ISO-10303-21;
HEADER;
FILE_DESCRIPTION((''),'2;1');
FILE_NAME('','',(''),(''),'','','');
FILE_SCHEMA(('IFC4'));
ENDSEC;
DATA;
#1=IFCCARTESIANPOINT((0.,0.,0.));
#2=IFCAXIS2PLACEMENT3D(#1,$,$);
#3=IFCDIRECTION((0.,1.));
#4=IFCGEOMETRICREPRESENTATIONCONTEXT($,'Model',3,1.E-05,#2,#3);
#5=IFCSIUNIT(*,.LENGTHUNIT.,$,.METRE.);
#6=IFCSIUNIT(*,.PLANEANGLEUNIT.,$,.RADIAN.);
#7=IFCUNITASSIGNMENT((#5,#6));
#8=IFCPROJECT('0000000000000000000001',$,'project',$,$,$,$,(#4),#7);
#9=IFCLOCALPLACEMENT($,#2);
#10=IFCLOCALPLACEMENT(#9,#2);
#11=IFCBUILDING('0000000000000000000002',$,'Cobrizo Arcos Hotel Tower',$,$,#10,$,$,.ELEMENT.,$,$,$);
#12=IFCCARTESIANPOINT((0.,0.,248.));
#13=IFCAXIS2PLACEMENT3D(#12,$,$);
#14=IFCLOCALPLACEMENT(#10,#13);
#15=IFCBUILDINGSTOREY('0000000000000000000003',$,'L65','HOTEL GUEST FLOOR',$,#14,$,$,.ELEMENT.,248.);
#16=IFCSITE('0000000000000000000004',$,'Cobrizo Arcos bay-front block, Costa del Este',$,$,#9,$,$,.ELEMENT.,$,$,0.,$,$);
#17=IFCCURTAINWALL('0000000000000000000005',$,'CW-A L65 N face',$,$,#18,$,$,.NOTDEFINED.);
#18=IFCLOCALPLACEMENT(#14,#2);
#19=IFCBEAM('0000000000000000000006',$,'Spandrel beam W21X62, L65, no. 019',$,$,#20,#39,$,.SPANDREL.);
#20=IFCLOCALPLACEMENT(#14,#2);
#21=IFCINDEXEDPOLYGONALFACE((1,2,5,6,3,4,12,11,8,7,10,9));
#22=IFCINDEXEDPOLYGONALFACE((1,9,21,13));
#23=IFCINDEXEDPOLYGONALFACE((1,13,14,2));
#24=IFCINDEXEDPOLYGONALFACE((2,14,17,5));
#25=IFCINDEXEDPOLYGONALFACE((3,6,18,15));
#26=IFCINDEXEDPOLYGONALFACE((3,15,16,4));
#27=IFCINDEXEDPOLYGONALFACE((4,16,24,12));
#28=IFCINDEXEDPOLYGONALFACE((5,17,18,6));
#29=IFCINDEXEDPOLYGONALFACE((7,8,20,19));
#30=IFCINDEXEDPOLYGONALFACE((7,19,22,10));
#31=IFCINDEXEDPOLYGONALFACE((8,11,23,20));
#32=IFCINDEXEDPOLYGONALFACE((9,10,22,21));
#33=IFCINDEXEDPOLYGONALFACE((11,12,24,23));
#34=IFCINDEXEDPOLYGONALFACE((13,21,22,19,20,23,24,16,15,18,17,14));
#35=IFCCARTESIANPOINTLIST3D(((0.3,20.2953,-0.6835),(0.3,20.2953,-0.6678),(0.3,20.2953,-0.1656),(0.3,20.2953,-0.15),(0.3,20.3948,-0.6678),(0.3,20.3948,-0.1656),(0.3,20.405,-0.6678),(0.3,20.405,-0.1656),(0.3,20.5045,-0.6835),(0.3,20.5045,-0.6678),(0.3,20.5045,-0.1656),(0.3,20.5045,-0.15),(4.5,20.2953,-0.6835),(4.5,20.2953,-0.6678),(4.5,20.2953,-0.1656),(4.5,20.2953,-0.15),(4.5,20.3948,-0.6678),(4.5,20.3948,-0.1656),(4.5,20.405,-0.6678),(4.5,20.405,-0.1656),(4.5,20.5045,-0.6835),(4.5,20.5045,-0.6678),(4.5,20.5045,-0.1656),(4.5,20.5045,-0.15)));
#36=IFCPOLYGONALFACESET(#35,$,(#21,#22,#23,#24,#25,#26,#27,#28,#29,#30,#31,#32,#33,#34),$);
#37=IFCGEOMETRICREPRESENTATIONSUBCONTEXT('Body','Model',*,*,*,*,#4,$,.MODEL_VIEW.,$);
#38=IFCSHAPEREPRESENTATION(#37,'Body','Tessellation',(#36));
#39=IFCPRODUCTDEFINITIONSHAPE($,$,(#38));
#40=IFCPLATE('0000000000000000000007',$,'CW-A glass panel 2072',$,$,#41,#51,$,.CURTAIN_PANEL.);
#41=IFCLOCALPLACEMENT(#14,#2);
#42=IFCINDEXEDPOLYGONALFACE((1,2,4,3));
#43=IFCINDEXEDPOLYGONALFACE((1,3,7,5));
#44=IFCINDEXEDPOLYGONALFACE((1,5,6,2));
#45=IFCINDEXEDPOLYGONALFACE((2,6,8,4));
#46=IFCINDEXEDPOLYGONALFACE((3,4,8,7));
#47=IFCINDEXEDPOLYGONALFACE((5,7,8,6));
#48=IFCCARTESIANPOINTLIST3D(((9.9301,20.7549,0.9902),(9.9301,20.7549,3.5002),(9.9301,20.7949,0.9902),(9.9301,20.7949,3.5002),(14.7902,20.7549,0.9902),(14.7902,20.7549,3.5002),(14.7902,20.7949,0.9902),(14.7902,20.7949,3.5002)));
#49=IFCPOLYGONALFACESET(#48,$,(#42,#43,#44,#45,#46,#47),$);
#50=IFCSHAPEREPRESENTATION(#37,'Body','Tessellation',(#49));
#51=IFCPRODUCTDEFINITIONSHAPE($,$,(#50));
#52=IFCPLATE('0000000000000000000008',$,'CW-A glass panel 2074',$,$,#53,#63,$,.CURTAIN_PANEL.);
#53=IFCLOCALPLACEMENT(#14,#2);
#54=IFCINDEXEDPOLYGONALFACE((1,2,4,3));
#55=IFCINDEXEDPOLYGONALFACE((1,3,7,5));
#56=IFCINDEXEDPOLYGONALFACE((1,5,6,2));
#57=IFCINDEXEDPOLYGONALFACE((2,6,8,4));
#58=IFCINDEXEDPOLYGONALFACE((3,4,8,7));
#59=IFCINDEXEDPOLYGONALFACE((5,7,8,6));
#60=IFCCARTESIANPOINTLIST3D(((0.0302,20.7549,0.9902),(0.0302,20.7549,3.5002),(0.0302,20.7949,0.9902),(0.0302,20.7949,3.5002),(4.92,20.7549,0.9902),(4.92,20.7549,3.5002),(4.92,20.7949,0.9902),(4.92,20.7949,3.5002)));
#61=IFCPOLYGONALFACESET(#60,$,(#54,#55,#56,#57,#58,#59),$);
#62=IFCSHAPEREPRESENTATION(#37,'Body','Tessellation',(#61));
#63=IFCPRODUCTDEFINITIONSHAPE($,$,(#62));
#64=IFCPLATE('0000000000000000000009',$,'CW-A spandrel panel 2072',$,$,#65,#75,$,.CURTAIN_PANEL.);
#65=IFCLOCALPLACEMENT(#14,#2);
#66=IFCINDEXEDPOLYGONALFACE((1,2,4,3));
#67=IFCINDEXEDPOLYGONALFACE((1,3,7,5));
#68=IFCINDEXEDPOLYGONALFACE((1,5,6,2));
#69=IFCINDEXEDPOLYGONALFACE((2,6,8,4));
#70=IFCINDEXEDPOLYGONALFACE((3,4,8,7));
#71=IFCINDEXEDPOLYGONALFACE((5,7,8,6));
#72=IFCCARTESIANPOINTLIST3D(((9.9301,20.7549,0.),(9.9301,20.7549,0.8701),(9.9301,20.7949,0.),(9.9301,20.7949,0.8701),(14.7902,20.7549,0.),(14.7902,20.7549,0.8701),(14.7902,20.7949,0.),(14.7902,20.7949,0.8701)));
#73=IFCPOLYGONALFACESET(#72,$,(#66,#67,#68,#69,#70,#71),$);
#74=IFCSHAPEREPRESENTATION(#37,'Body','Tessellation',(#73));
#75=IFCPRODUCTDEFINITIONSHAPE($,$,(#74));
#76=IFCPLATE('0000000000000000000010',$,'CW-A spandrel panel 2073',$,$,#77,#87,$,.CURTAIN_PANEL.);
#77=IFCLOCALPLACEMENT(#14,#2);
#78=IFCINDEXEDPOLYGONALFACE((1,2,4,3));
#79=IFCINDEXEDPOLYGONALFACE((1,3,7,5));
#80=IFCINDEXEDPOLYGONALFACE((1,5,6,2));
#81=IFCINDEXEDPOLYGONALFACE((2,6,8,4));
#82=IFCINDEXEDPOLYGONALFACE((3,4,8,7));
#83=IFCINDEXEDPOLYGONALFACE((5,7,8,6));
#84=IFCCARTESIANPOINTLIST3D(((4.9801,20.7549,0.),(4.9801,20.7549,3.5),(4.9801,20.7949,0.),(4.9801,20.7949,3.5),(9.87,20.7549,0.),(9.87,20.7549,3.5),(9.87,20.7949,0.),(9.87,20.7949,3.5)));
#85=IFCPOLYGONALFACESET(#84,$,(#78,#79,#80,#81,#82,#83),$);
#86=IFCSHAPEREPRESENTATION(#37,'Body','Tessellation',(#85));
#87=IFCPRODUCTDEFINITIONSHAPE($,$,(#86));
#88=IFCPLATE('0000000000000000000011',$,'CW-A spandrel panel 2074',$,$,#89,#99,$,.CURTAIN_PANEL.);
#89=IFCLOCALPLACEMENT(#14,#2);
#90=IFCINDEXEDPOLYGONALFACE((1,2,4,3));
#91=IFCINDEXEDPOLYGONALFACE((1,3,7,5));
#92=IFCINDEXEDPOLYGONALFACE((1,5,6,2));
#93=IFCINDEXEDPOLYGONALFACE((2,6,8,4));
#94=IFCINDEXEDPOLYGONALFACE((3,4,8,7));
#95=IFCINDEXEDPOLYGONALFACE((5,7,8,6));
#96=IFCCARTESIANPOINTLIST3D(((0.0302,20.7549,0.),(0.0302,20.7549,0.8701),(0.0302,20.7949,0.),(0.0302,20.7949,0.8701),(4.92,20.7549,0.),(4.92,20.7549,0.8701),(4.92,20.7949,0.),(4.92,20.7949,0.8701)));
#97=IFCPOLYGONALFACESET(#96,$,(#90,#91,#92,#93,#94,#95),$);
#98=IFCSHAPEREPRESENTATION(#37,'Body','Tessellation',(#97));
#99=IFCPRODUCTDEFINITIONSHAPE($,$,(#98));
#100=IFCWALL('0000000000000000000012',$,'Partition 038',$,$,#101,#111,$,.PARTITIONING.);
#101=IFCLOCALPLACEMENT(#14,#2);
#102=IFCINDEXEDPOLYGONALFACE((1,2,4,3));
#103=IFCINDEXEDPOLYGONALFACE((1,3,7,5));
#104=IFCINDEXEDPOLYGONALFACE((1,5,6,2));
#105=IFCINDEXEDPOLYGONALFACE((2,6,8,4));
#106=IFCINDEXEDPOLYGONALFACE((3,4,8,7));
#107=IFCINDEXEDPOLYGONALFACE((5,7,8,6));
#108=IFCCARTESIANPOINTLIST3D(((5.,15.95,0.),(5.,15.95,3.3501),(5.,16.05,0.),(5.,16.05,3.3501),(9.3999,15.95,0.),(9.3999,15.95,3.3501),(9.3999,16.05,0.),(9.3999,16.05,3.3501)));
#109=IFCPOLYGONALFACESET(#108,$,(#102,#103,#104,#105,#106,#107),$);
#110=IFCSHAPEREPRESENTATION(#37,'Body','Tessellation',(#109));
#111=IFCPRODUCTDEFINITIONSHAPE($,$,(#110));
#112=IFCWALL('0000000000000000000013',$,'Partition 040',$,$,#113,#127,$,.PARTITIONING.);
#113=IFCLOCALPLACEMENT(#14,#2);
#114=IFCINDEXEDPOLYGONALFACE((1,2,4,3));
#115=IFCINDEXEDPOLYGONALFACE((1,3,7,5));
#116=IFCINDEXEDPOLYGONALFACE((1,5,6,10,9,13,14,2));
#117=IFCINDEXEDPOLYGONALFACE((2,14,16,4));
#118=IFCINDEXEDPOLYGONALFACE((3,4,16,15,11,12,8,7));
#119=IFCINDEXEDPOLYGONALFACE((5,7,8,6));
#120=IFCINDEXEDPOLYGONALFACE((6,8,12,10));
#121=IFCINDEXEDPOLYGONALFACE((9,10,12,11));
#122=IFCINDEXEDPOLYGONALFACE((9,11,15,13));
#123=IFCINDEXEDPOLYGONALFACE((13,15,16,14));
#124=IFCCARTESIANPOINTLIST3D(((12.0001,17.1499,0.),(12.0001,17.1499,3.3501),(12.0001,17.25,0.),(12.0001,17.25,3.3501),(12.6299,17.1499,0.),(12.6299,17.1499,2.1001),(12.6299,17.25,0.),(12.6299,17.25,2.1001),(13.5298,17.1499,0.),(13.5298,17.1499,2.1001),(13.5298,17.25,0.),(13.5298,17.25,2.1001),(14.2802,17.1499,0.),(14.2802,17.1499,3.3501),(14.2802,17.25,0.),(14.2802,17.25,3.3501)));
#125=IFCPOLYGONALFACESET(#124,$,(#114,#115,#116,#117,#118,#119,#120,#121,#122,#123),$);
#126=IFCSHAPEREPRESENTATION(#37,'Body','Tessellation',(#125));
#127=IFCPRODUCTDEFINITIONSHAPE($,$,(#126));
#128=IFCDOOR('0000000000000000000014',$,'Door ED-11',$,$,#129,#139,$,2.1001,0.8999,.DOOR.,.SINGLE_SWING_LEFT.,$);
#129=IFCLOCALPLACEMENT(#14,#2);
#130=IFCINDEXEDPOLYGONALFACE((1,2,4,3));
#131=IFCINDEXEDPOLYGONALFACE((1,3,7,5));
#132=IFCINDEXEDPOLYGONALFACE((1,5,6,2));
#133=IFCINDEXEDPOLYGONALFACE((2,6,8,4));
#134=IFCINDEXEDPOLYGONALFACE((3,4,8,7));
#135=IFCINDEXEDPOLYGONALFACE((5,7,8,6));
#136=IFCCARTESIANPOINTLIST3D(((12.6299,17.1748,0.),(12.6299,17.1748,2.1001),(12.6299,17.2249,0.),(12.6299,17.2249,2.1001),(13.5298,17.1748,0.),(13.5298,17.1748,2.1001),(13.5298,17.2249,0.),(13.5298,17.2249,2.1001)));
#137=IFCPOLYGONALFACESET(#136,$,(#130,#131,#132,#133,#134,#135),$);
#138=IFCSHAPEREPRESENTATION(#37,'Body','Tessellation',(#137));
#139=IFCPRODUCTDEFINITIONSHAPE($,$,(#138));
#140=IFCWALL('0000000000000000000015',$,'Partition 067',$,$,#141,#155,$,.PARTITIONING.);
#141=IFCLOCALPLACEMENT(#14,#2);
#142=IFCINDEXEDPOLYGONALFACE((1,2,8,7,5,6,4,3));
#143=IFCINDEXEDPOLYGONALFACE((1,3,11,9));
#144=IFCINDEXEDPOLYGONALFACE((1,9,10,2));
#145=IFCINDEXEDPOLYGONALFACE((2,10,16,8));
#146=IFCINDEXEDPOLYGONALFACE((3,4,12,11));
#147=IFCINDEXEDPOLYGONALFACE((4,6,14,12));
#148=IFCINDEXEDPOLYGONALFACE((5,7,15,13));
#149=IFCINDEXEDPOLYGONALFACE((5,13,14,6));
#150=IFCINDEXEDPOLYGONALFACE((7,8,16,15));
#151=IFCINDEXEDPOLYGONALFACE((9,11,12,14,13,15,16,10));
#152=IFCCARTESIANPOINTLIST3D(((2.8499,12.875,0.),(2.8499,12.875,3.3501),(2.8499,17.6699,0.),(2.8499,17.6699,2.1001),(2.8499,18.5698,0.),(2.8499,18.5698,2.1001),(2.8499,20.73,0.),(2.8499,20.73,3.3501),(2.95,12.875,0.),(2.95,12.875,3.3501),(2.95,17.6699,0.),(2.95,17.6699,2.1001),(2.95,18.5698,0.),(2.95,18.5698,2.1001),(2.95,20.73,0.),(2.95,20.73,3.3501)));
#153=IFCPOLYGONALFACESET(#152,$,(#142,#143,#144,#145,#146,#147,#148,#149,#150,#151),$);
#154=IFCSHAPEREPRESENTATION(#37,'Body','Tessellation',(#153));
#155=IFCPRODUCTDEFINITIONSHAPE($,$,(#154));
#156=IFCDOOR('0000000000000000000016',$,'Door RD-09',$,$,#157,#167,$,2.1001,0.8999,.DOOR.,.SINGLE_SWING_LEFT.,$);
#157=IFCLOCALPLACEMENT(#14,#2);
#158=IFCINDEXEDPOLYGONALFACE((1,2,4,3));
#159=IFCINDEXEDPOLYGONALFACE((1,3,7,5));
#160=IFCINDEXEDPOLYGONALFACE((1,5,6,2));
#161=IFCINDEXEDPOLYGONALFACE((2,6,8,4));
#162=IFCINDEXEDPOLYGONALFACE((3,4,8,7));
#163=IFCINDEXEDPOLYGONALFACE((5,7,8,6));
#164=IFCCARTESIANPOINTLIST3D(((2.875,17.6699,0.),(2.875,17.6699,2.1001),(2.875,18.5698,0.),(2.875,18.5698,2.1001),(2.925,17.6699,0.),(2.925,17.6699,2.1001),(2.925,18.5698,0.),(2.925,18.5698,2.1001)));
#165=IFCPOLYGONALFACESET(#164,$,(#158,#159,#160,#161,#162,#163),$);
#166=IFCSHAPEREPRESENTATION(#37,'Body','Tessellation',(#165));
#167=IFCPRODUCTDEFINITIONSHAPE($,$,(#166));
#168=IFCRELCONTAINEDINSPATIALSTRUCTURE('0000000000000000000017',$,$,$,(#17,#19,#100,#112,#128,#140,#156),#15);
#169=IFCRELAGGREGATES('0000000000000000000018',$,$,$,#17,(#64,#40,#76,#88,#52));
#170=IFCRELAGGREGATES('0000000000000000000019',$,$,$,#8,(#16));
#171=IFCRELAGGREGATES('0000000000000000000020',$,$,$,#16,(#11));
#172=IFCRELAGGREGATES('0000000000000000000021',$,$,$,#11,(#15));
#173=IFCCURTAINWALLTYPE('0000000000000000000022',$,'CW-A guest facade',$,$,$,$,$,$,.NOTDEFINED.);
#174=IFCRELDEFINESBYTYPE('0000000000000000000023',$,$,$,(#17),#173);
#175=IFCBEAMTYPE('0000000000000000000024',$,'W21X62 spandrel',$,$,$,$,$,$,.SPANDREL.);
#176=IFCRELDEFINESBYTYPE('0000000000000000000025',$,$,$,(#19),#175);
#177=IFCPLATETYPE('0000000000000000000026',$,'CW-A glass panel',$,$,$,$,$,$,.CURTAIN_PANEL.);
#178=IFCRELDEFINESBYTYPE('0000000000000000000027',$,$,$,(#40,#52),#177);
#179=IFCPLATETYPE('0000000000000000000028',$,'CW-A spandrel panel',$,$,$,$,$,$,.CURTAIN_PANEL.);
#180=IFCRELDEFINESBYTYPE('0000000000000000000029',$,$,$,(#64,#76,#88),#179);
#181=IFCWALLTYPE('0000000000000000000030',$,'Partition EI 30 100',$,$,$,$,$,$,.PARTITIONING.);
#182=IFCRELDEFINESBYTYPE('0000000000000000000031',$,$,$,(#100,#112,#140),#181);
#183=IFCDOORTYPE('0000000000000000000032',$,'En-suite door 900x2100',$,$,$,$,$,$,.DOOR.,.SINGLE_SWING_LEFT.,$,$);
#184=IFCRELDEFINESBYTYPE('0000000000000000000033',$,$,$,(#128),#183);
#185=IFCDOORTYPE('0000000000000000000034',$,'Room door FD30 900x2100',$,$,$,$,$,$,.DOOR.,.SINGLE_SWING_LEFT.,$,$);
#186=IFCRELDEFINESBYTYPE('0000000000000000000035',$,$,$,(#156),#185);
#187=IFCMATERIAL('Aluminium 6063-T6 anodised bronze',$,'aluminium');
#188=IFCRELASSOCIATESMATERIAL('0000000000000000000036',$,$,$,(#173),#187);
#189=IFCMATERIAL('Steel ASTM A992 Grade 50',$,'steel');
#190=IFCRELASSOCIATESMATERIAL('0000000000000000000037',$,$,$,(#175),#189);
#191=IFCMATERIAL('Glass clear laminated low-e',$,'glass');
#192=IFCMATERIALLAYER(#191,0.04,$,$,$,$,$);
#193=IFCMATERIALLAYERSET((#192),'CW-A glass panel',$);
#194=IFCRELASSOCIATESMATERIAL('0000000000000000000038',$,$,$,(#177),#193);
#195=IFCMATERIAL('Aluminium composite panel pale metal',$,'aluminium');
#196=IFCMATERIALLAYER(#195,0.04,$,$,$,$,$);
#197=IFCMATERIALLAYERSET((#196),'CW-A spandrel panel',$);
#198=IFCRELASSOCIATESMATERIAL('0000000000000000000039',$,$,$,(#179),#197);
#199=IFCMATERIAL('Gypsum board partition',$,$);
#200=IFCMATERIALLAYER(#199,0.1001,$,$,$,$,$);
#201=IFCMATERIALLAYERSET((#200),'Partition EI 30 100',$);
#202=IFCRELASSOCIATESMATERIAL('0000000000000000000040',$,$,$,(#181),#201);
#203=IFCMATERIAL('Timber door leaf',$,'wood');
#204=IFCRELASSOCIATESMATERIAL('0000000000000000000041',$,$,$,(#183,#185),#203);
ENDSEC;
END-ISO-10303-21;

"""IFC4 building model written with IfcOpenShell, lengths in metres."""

from ifc_helpers import new_model, si_unit, direction, frame, frame_2d, origin, origin_2d, place, context, subcontext, project, spatial, rectangle, i_section, extrude, material, layer, layer_set, material_profile, profile_set, type_object, element, fill, aggregate, save


model = new_model("IFC4")

# Units and contexts
model_context = context("Model", 3, precision=1e-05, world=origin(), true_north=direction((0.0, 1.0)))
body_context = subcontext(model_context, "Body", "Model", "MODEL_VIEW")
ifc_project = project(units=[si_unit("LENGTHUNIT", "METRE"), si_unit("PLANEANGLEUNIT", "RADIAN")], contexts=[model_context])

# Site, building, storey
site_placement = place(None, origin())
site = spatial("IfcSite", under=ifc_project, at=site_placement, Name="Cobrizo Arcos bay-front block, Costa del Este", CompositionType="ELEMENT", RefElevation=0.0)
building_placement = place(site_placement, origin())
building = spatial("IfcBuilding", under=site, at=building_placement, Name="Cobrizo Arcos Hotel Tower", CompositionType="ELEMENT")
storey_placement = place(building_placement, frame((0.0, 0.0, 248.0)))
storey = spatial("IfcBuildingStorey", under=building, at=storey_placement, Name="L65", Description="HOTEL GUEST FLOOR", CompositionType="ELEMENT", Elevation=248.0)

# Curtain wall
ifc_material_1 = material(Name="Aluminium 6063-T6 anodised bronze", Category="aluminium")
curtain_wall_type = type_object("IfcCurtainWallType", Name="CW-A guest facade", PredefinedType="NOTDEFINED", material=ifc_material_1)
curtain_wall_placement = place(storey_placement, origin())
curtain_wall = element("IfcCurtainWall", 1, at=curtain_wall_placement, inside=storey, type_object=curtain_wall_type, Name="CW-A L65 N face", PredefinedType="NOTDEFINED")

# Beam
ifc_material_2 = material(Name="Steel ASTM A992 Grade 50", Category="steel")
ifc_material_profile_1 = material_profile(ifc_material_2, i_section(OverallWidth=0.2092, OverallDepth=0.5334, WebThickness=0.0103, FlangeThickness=0.0156, at=origin_2d()), Name="W21X62")
ifc_profile_set_1 = profile_set([ifc_material_profile_1], Name="Steel ASTM A992 Grade 50")
beam_type = type_object("IfcBeamType", Name="W21X62 spandrel", PredefinedType="SPANDREL", material=ifc_profile_set_1)
for number, where, z_axis, x_axis, name in (
    (2, (4.5, 20.3999, -0.4167), (-1.0, 0.0, 0.0), (0.0, -1.0, 0.0), "Spandrel beam W21X62, L65, no. 019"),
):
    element("IfcBeam", number, at=place(storey_placement, frame(where, z_axis=z_axis, x_axis=x_axis)), inside=storey, type_object=beam_type, Name=name, PredefinedType="SPANDREL", context=body_context, shape_type="SweptSolid", body=[
        extrude(i_section(OverallWidth=0.2092, OverallDepth=0.5334, WebThickness=0.0103, FlangeThickness=0.0156, at=origin_2d()), origin(), (0.0, 0.0, 1.0), 4.2),
    ])

# Plates
ifc_material_3 = material(Name="Glass clear laminated low-e", Category="glass")
ifc_layer_1 = layer(ifc_material_3, 0.04)
ifc_layer_set_1 = layer_set([ifc_layer_1], Name="CW-A glass panel")
plate_type_1 = type_object("IfcPlateType", Name="CW-A glass panel", PredefinedType="CURTAIN_PANEL", material=ifc_layer_set_1)
plate_1_placement = place(storey_placement, frame((12.3601, 20.7749, 0.9902), z_axis=(0.0, 0.0, 1.0), x_axis=(-1.0, 0.0, 0.0)))
plate_1 = element("IfcPlate", 3, at=plate_1_placement, type_object=plate_type_1, Name="CW-A glass panel 2072", PredefinedType="CURTAIN_PANEL", context=body_context, shape_type="SweptSolid", body=[
    extrude(rectangle(XDim=4.8601, YDim=0.04, at=origin_2d()), origin(), (0.0, 0.0, 1.0), 2.51),
])
plate_2_placement = place(storey_placement, frame((2.4751, 20.7749, 0.9902), z_axis=(0.0, 0.0, 1.0), x_axis=(-1.0, 0.0, 0.0)))
plate_2 = element("IfcPlate", 4, at=plate_2_placement, type_object=plate_type_1, Name="CW-A glass panel 2074", PredefinedType="CURTAIN_PANEL", context=body_context, shape_type="SweptSolid", body=[
    extrude(rectangle(XDim=4.8899, YDim=0.04, at=origin_2d()), origin(), (0.0, 0.0, 1.0), 2.51),
])
ifc_material_4 = material(Name="Aluminium composite panel pale metal", Category="aluminium")
ifc_layer_2 = layer(ifc_material_4, 0.04)
ifc_layer_set_2 = layer_set([ifc_layer_2], Name="CW-A spandrel panel")
plate_type_2 = type_object("IfcPlateType", Name="CW-A spandrel panel", PredefinedType="CURTAIN_PANEL", material=ifc_layer_set_2)
plate_3_placement = place(storey_placement, frame((12.3601, 20.7749, 0.0), z_axis=(0.0, 0.0, 1.0), x_axis=(-1.0, 0.0, 0.0)))
plate_3 = element("IfcPlate", 5, at=plate_3_placement, type_object=plate_type_2, Name="CW-A spandrel panel 2072", PredefinedType="CURTAIN_PANEL", context=body_context, shape_type="SweptSolid", body=[
    extrude(rectangle(XDim=4.8601, YDim=0.04, at=origin_2d()), origin(), (0.0, 0.0, 1.0), 0.8701),
])
plate_4_placement = place(storey_placement, frame((7.425, 20.7749, 0.0), z_axis=(0.0, 0.0, 1.0), x_axis=(-1.0, 0.0, 0.0)))
plate_4 = element("IfcPlate", 6, at=plate_4_placement, type_object=plate_type_2, Name="CW-A spandrel panel 2073", PredefinedType="CURTAIN_PANEL", context=body_context, shape_type="SweptSolid", body=[
    extrude(rectangle(XDim=4.8899, YDim=0.04, at=origin_2d()), origin(), (0.0, 0.0, 1.0), 3.5),
])
plate_5_placement = place(storey_placement, frame((2.4751, 20.7749, 0.0), z_axis=(0.0, 0.0, 1.0), x_axis=(-1.0, 0.0, 0.0)))
plate_5 = element("IfcPlate", 7, at=plate_5_placement, type_object=plate_type_2, Name="CW-A spandrel panel 2074", PredefinedType="CURTAIN_PANEL", context=body_context, shape_type="SweptSolid", body=[
    extrude(rectangle(XDim=4.8899, YDim=0.04, at=origin_2d()), origin(), (0.0, 0.0, 1.0), 0.8701),
])
aggregate(curtain_wall, [plate_3, plate_1, plate_4, plate_5, plate_2])

# Wall
ifc_material_5 = material(Name="Gypsum board partition")
ifc_layer_3 = layer(ifc_material_5, 0.1001)
ifc_layer_set_3 = layer_set([ifc_layer_3], Name="Partition EI 30 100")
wall_type = type_object("IfcWallType", Name="Partition EI 30 100", PredefinedType="PARTITIONING", material=ifc_layer_set_3)
wall_1_placement = place(storey_placement, frame((5.0, 16.0, 0.0), z_axis=(0.0, 0.0, 1.0), x_axis=(1.0, 0.0, 0.0)))
element("IfcWall", 8, at=wall_1_placement, inside=storey, type_object=wall_type, Name="Partition 038", PredefinedType="PARTITIONING", context=body_context, shape_type="SweptSolid", body=[
    extrude(rectangle(XDim=4.3999, YDim=0.1001, at=frame_2d((2.2, 0.0))), origin(), (0.0, 0.0, 1.0), 3.3501),
])

# Walls, openings, doors
wall_2_placement = place(storey_placement, frame((12.0, 17.2, 0.0), z_axis=(0.0, 0.0, 1.0), x_axis=(1.0, 0.0, 0.0)))
wall_2 = element("IfcWall", 9, at=wall_2_placement, inside=storey, type_object=wall_type, Name="Partition 040", PredefinedType="PARTITIONING", context=body_context, shape_type="SweptSolid", body=[
    extrude(rectangle(XDim=2.28, YDim=0.1001, at=frame_2d((1.1401, 0.0))), origin(), (0.0, 0.0, 1.0), 3.3501),
])
opening_1_placement = place(wall_2_placement, frame((0.6299, 0.0, 0.0)))
opening_1 = element("IfcOpeningElement", 10, at=opening_1_placement, cuts=wall_2, PredefinedType="OPENING", context=body_context, shape_type="SweptSolid", body=[
    extrude(rectangle(XDim=0.8999, YDim=2.1001, at=frame_2d((0.45, 1.05))), frame((0.0, 0.062, 0.0), z_axis=(0.0, -1.0, 0.0), x_axis=(1.0, 0.0, 0.0)), (0.0, 0.0, 1.0), 0.124),
])
ifc_material_6 = material(Name="Timber door leaf", Category="wood")
door_type_1 = type_object("IfcDoorType", Name="En-suite door 900x2100", OperationType="SINGLE_SWING_LEFT", PredefinedType="DOOR", material=ifc_material_6)
door_1_placement = place(opening_1_placement, origin())
door_1 = element("IfcDoor", 11, at=door_1_placement, inside=storey, type_object=door_type_1, Name="Door ED-11", OperationType="SINGLE_SWING_LEFT", OverallHeight=2.1001, OverallWidth=0.8999, PredefinedType="DOOR", context=body_context, shape_type="SweptSolid", body=[
    extrude(rectangle(XDim=0.8999, YDim=2.1001, at=frame_2d((0.45, 1.05))), frame((0.0, 0.0249, 0.0), z_axis=(0.0, -1.0, 0.0), x_axis=(1.0, 0.0, 0.0)), (0.0, 0.0, 1.0), 0.05),
])
fill(opening_1, door_1)
wall_3_placement = place(storey_placement, frame((2.8999, 12.875, 0.0), z_axis=(0.0, 0.0, 1.0), x_axis=(0.0, 1.0, 0.0)))
wall_3 = element("IfcWall", 12, at=wall_3_placement, inside=storey, type_object=wall_type, Name="Partition 067", PredefinedType="PARTITIONING", context=body_context, shape_type="SweptSolid", body=[
    extrude(rectangle(XDim=7.855, YDim=0.1001, at=frame_2d((3.9275, 0.0))), origin(), (0.0, 0.0, 1.0), 3.3501),
])
opening_2_placement = place(wall_3_placement, frame((4.7949, 0.0, 0.0)))
opening_2 = element("IfcOpeningElement", 13, at=opening_2_placement, cuts=wall_3, PredefinedType="OPENING", context=body_context, shape_type="SweptSolid", body=[
    extrude(rectangle(XDim=0.8999, YDim=2.1001, at=frame_2d((0.45, 1.05))), frame((0.0, 0.062, 0.0), z_axis=(0.0, -1.0, 0.0), x_axis=(1.0, 0.0, 0.0)), (0.0, 0.0, 1.0), 0.124),
])
door_type_2 = type_object("IfcDoorType", Name="Room door FD30 900x2100", OperationType="SINGLE_SWING_LEFT", PredefinedType="DOOR", material=ifc_material_6)
door_2_placement = place(opening_2_placement, origin())
door_2 = element("IfcDoor", 14, at=door_2_placement, inside=storey, type_object=door_type_2, Name="Door RD-09", OperationType="SINGLE_SWING_LEFT", OverallHeight=2.1001, OverallWidth=0.8999, PredefinedType="DOOR", context=body_context, shape_type="SweptSolid", body=[
    extrude(rectangle(XDim=0.8999, YDim=2.1001, at=frame_2d((0.45, 1.05))), frame((0.0, 0.0249, 0.0), z_axis=(0.0, -1.0, 0.0), x_axis=(1.0, 0.0, 0.0)), (0.0, 0.0, 1.0), 0.05),
])
fill(opening_2, door_2)

save(model, "model.ifc")
